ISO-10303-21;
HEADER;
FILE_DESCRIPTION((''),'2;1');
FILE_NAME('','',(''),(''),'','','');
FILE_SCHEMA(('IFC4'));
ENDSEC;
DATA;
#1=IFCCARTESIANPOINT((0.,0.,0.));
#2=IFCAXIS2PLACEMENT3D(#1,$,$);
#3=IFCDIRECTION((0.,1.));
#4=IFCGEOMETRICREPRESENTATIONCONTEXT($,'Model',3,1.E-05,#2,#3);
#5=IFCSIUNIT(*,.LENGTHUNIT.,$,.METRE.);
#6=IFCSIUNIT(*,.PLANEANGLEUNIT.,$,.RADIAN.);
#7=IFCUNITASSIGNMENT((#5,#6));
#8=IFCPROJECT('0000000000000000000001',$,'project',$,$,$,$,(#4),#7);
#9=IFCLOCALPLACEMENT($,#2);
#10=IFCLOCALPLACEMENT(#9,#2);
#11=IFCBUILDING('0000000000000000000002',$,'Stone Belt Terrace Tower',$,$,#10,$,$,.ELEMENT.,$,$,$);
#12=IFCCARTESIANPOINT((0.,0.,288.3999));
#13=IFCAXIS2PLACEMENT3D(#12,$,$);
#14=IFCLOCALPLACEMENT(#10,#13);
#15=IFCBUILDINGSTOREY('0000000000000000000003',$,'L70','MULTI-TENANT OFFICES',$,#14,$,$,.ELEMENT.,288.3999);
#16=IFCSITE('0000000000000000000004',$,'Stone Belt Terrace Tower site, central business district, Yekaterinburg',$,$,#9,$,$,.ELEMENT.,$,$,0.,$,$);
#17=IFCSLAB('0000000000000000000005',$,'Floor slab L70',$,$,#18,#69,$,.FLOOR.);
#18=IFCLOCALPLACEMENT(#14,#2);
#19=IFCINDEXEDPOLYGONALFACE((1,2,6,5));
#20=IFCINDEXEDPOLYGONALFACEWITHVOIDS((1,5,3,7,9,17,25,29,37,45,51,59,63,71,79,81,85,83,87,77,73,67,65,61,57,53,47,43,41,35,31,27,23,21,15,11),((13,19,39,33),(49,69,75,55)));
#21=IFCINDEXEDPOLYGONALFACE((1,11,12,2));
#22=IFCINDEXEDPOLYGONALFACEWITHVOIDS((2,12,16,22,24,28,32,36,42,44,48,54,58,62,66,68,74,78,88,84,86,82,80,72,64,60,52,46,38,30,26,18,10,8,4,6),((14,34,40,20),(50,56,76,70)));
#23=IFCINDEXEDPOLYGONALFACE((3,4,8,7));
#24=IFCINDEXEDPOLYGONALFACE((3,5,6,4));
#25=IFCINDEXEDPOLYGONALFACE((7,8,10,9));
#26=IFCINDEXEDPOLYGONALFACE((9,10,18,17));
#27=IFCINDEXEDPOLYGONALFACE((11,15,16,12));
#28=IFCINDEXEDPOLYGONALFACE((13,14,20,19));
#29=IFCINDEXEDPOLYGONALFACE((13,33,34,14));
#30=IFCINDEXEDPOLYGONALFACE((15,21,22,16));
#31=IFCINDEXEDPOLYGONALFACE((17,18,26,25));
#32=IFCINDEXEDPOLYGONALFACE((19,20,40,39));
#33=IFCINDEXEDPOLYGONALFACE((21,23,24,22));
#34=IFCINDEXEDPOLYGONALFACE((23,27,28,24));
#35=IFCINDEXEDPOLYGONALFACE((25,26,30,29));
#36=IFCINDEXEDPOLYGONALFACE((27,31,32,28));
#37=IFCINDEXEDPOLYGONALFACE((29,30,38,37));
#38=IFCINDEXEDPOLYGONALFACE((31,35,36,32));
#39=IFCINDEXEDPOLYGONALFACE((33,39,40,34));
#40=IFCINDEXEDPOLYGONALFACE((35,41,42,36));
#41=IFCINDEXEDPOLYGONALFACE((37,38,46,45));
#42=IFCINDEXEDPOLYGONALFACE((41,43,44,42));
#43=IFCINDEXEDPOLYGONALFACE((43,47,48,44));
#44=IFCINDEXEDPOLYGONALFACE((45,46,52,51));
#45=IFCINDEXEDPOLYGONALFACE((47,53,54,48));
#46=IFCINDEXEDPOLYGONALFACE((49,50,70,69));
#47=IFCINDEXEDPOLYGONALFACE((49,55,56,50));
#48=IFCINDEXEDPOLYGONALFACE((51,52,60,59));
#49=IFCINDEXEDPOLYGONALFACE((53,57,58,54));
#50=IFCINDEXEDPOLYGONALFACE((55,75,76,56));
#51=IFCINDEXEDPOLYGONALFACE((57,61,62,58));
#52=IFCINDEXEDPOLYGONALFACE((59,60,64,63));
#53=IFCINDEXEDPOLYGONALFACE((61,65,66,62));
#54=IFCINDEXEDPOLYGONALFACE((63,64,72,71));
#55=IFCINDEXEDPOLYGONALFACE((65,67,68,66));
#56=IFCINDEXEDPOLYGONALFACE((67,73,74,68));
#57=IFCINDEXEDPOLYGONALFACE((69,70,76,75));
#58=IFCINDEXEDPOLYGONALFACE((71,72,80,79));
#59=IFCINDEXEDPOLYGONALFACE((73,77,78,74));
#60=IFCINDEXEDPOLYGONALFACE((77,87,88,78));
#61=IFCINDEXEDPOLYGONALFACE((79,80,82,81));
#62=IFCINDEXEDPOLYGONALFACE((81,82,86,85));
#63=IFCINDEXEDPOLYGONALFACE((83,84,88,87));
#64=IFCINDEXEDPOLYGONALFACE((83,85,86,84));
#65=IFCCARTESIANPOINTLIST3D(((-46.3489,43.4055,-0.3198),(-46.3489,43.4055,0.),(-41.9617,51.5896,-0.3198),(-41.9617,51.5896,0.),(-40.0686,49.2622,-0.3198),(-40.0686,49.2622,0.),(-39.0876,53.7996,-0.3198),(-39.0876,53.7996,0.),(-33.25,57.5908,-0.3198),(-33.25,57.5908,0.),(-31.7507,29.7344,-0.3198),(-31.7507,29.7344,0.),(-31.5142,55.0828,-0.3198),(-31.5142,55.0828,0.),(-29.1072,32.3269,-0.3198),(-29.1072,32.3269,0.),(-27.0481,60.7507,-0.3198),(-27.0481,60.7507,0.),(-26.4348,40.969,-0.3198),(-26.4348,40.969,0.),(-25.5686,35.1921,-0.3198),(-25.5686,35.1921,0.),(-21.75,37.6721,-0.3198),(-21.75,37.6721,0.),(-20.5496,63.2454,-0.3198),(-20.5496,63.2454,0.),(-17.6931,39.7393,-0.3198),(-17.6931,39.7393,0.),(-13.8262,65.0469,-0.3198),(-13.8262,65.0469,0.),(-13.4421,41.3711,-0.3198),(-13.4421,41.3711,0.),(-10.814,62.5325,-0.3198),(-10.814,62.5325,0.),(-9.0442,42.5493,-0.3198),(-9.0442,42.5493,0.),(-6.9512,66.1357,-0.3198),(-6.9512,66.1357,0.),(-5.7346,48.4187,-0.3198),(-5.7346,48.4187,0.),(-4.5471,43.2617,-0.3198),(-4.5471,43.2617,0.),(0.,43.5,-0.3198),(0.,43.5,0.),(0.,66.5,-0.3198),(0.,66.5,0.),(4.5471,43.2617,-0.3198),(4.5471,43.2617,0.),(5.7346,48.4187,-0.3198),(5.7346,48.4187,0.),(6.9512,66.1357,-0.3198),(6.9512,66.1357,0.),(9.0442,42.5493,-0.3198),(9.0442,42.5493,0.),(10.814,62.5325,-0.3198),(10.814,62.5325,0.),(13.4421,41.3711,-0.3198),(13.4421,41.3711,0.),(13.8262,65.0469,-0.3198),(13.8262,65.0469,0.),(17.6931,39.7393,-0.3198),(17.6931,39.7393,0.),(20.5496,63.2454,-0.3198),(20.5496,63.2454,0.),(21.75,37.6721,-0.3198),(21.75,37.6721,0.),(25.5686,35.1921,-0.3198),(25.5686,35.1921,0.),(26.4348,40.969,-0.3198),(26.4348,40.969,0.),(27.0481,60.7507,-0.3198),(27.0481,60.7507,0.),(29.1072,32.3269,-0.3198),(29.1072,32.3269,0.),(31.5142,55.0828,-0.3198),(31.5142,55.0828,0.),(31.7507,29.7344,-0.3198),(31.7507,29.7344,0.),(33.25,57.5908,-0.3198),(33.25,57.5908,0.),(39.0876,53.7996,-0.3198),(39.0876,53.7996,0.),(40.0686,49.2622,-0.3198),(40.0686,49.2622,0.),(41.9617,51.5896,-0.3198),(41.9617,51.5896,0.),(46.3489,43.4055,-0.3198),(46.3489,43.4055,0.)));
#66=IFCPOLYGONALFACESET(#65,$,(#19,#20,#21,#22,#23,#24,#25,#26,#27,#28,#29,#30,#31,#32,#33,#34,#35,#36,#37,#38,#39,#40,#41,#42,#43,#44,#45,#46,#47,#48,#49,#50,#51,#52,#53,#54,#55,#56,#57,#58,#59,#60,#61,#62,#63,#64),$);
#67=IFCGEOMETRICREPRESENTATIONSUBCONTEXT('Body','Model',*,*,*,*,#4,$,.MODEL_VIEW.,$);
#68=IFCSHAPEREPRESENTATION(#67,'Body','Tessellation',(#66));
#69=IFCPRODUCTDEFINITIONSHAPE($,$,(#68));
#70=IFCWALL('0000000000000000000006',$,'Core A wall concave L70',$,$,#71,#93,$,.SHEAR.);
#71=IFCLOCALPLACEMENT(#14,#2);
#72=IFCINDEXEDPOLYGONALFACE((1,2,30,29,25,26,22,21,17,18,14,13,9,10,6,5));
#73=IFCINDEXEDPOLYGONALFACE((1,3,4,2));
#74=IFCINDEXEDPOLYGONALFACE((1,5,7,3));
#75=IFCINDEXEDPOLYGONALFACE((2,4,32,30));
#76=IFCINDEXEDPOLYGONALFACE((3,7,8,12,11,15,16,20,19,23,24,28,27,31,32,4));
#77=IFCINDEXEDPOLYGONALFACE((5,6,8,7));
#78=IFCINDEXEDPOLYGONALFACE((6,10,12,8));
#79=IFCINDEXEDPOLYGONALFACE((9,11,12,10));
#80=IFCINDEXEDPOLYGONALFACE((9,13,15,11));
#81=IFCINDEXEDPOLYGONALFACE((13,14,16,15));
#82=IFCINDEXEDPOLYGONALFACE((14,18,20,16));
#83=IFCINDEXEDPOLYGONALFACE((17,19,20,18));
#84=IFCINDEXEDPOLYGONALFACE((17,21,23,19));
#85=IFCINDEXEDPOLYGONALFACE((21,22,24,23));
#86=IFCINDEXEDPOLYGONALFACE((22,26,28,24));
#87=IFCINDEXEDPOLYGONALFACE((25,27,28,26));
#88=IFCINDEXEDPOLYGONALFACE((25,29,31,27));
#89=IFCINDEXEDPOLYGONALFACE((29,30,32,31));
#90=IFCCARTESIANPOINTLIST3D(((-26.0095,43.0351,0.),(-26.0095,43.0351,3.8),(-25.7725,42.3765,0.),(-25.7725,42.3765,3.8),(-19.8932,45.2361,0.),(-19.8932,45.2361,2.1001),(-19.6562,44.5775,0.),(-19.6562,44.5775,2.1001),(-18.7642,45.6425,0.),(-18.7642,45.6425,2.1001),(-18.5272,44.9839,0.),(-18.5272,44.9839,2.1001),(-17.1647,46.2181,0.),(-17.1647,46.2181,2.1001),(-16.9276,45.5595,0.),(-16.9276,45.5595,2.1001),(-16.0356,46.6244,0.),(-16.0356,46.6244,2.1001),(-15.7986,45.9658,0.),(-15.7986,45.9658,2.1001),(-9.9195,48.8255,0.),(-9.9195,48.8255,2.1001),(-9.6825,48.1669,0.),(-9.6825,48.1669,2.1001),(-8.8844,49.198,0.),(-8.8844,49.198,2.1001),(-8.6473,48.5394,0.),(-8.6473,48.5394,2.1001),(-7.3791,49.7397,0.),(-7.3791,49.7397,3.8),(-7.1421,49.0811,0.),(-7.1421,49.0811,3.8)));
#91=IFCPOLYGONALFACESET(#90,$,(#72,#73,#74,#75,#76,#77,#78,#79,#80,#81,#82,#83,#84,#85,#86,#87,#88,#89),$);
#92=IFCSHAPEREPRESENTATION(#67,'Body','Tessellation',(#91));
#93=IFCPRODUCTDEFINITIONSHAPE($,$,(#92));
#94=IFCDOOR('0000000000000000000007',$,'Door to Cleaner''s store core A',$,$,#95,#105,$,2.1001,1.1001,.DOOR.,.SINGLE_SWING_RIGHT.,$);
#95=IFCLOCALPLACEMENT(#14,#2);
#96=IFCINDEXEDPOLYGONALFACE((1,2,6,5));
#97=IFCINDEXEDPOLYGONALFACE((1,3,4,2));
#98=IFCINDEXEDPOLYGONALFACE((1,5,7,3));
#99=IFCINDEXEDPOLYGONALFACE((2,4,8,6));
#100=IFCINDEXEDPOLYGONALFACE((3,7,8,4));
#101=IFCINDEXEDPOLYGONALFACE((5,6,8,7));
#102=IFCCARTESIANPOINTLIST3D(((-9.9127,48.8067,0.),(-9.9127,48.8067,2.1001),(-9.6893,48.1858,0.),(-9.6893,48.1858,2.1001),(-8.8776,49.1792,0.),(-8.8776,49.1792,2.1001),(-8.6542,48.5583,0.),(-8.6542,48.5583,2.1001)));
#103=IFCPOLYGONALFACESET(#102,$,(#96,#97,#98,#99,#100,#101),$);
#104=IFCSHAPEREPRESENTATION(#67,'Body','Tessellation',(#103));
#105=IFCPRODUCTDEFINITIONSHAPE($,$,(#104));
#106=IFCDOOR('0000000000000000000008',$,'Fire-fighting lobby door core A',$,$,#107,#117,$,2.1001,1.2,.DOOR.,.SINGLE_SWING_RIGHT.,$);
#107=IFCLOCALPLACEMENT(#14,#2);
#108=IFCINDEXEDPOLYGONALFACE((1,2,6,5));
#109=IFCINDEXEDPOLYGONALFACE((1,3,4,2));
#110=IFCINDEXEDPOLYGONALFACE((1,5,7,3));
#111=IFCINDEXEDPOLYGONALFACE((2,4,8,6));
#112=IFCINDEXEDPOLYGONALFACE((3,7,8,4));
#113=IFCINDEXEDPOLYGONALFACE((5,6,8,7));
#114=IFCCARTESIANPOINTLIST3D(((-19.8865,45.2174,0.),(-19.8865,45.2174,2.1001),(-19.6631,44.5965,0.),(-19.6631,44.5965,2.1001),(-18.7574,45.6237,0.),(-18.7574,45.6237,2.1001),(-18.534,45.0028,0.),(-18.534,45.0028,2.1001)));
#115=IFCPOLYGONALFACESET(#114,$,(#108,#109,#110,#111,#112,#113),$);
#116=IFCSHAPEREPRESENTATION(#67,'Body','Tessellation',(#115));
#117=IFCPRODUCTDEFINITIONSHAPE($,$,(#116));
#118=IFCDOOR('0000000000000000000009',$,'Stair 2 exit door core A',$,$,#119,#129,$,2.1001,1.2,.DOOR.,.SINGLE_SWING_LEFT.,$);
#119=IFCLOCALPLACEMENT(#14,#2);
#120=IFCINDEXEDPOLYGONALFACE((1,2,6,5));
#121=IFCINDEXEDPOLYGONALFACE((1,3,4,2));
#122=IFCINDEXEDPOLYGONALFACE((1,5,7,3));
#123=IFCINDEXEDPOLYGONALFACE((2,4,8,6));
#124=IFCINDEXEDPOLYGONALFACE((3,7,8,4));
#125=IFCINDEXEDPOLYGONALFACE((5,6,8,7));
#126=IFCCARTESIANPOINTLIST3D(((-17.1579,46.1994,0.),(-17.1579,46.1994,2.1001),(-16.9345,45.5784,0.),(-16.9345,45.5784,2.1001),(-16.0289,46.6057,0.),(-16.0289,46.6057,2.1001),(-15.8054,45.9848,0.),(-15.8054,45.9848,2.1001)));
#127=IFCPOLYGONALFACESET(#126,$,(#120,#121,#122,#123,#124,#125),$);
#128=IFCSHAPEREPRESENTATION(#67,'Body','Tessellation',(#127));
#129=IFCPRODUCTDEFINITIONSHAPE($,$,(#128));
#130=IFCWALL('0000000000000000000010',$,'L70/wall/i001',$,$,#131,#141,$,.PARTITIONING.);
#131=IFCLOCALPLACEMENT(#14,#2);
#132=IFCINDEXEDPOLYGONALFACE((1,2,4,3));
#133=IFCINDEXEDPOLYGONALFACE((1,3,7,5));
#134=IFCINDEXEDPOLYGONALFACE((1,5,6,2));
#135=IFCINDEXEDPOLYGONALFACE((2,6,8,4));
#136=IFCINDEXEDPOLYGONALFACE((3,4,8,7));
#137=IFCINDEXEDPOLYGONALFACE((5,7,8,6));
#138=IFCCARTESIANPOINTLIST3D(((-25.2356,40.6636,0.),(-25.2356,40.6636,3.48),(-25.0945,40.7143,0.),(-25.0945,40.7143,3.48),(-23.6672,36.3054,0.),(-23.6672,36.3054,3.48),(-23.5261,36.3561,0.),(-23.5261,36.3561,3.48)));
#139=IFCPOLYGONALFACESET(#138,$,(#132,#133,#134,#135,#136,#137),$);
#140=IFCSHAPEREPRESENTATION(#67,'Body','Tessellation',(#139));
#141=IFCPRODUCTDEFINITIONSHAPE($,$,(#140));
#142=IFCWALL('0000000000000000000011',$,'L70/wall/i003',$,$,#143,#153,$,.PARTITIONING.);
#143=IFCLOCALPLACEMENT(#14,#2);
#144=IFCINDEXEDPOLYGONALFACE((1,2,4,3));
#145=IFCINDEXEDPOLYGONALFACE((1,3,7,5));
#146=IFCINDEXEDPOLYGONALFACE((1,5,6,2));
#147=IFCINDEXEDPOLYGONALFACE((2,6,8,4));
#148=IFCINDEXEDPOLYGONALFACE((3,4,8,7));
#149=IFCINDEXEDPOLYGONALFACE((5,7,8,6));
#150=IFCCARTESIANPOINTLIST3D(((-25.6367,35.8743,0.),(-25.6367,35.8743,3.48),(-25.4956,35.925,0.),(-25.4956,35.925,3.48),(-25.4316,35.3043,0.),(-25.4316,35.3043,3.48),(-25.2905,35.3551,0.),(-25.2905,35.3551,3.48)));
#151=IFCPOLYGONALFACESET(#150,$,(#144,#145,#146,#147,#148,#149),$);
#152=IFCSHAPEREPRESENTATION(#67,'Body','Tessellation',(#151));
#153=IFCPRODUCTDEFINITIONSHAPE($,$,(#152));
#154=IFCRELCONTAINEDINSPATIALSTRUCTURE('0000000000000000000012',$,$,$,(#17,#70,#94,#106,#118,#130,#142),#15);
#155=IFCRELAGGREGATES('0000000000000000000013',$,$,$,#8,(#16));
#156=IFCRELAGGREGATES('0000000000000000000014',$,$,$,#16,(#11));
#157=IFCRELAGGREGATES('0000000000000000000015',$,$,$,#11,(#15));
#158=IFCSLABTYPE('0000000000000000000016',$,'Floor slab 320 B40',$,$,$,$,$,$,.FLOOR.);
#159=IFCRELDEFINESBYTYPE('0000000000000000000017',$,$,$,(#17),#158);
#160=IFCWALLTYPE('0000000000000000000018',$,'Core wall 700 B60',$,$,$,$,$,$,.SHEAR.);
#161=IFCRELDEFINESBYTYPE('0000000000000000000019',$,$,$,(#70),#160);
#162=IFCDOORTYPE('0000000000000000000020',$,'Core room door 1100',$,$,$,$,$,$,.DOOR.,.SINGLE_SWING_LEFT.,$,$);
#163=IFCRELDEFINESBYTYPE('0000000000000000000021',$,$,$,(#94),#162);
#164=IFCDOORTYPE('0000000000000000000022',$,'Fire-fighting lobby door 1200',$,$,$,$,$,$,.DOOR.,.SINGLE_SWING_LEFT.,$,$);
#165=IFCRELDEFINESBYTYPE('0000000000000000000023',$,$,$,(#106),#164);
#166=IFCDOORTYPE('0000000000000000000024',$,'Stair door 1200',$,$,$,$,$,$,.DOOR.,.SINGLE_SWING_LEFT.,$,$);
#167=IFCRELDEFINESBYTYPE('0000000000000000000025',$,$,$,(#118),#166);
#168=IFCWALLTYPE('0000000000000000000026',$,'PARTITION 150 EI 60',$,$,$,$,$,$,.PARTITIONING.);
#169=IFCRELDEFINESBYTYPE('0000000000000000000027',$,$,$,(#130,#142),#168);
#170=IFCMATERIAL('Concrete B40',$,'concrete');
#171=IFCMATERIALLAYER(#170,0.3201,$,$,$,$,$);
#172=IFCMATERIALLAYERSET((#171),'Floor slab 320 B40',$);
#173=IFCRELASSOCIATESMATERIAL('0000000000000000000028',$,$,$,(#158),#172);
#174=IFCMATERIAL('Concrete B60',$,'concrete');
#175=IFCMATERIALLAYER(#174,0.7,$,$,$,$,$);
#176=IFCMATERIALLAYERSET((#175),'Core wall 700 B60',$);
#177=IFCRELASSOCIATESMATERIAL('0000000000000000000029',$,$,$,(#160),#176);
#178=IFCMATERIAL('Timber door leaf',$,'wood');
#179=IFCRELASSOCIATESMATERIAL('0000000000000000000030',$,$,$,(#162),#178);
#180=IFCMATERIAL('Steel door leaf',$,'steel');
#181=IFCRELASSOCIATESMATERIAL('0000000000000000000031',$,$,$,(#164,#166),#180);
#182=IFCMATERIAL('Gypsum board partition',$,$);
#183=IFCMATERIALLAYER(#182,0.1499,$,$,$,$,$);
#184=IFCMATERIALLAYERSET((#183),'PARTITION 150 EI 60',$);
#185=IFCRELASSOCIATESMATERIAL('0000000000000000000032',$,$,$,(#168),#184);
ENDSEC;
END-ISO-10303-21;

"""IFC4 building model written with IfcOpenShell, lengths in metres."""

from ifc_helpers import new_model, si_unit, direction, frame, frame_2d, origin, place, context, subcontext, project, spatial, polyline, rectangle, outline, extrude, material, layer, layer_set, type_object, element, fill, save


model = new_model("IFC4")

# Units and contexts
model_context = context("Model", 3, precision=1e-05, world=origin(), true_north=direction((0.0, 1.0)))
body_context = subcontext(model_context, "Body", "Model", "MODEL_VIEW")
ifc_project = project(units=[si_unit("LENGTHUNIT", "METRE"), si_unit("PLANEANGLEUNIT", "RADIAN")], contexts=[model_context])

# Site, building, storey
site_placement = place(None, origin())
site = spatial("IfcSite", under=ifc_project, at=site_placement, Name="Stone Belt Terrace Tower site, central business district, Yekaterinburg", CompositionType="ELEMENT", RefElevation=0.0)
building_placement = place(site_placement, origin())
building = spatial("IfcBuilding", under=site, at=building_placement, Name="Stone Belt Terrace Tower", CompositionType="ELEMENT")
storey_placement = place(building_placement, frame((0.0, 0.0, 288.3999)))
storey = spatial("IfcBuildingStorey", under=building, at=storey_placement, Name="L70", Description="MULTI-TENANT OFFICES", CompositionType="ELEMENT", Elevation=288.3999)

# Shared definitions
ifc_material_1 = material(Name="Concrete B60", Category="concrete")

# Slab
ifc_material_2 = material(Name="Concrete B40", Category="concrete")
ifc_layer_1 = layer(ifc_material_2, 0.3201)
ifc_layer_set_1 = layer_set([ifc_layer_1], Name="Floor slab 320 B40")
slab_type = type_object("IfcSlabType", Name="Floor slab 320 B40", PredefinedType="FLOOR", material=ifc_layer_set_1)
slab_placement = place(storey_placement, frame((0.0, 0.0, -0.3198)))
element("IfcSlab", 1, at=slab_placement, inside=storey, type_object=slab_type, Name="Floor slab L70", PredefinedType="FLOOR", context=body_context, shape_type="SweptSolid", body=[
    extrude(outline(polyline([(-40.0686, 49.2622), (-41.9617, 51.5896), (-39.0876, 53.7996), (-33.25, 57.5908), (-27.0481, 60.7507), (-20.5496, 63.2454), (-13.8262, 65.0469), (-6.9512, 66.1357), (0.0, 66.5), (6.9512, 66.1357), (13.8262, 65.0469), (20.5496, 63.2454), (27.0481, 60.7507), (33.25, 57.5908), (39.0876, 53.7996), (41.9617, 51.5896), (40.0686, 49.2622), (46.3489, 43.4055), (31.7507, 29.7344), (29.1072, 32.3269), (25.5686, 35.1921), (21.75, 37.6721), (17.6931, 39.7393), (13.4421, 41.3711), (9.0442, 42.5493), (4.5471, 43.2617), (0.0, 43.5), (-4.5471, 43.2617), (-9.0442, 42.5493), (-13.4421, 41.3711), (-17.6931, 39.7393), (-21.75, 37.6721), (-25.5686, 35.1921), (-29.1072, 32.3269), (-31.7507, 29.7344), (-46.3489, 43.4055), (-40.0686, 49.2622)]), holes=[polyline([(-10.814, 62.5325), (-31.5142, 55.0828), (-26.4348, 40.969), (-5.7346, 48.4187), (-10.814, 62.5325)]), polyline([(26.4348, 40.969), (31.5142, 55.0828), (10.814, 62.5325), (5.7346, 48.4187), (26.4348, 40.969)])]), origin(), (0.0, 0.0, 1.0), 0.3198),
])

# Wall, openings, doors
ifc_layer_2 = layer(ifc_material_1, 0.7)
ifc_layer_set_2 = layer_set([ifc_layer_2], Name="Core wall 700 B60")
wall_type_1 = type_object("IfcWallType", Name="Core wall 700 B60", PredefinedType="SHEAR", material=ifc_layer_set_2)
wall_1_placement = place(storey_placement, frame((-25.8909, 42.7058, 0.0), z_axis=(0.0, 0.0, 1.0), x_axis=(0.940925, 0.338615, 0.0)))
wall_1 = element("IfcWall", 2, at=wall_1_placement, inside=storey, type_object=wall_type_1, Name="Core A wall concave L70", PredefinedType="SHEAR", context=body_context, shape_type="SweptSolid", body=[
    extrude(rectangle(XDim=19.8, YDim=0.7, at=frame_2d((9.8999, 0.0))), origin(), (0.0, 0.0, 1.0), 3.8),
])
opening_1_placement = place(wall_1_placement, frame((6.5, 0.0, 0.0)))
opening_1 = element("IfcOpeningElement", 3, at=opening_1_placement, cuts=wall_1, PredefinedType="OPENING", context=body_context, shape_type="SweptSolid", body=[
    extrude(rectangle(XDim=1.2, YDim=2.1001, at=frame_2d((0.6001, 1.05))), frame((0.0, 0.3599, 0.0), z_axis=(0.0, -1.0, 0.0), x_axis=(1.0, 0.0, 0.0)), (0.0, 0.0, 1.0), 0.72),
])
opening_2_placement = place(wall_1_placement, frame((9.3999, 0.0, 0.0)))
opening_2 = element("IfcOpeningElement", 4, at=opening_2_placement, cuts=wall_1, PredefinedType="OPENING", context=body_context, shape_type="SweptSolid", body=[
    extrude(rectangle(XDim=1.2, YDim=2.1001, at=frame_2d((0.6001, 1.05))), frame((0.0, 0.3599, 0.0), z_axis=(0.0, -1.0, 0.0), x_axis=(1.0, 0.0, 0.0)), (0.0, 0.0, 1.0), 0.72),
])
opening_3_placement = place(wall_1_placement, frame((17.1001, 0.0, 0.0)))
opening_3 = element("IfcOpeningElement", 5, at=opening_3_placement, cuts=wall_1, PredefinedType="OPENING", context=body_context, shape_type="SweptSolid", body=[
    extrude(rectangle(XDim=1.1001, YDim=2.1001, at=frame_2d((0.55, 1.05))), frame((0.0, 0.3599, 0.0), z_axis=(0.0, -1.0, 0.0), x_axis=(1.0, 0.0, 0.0)), (0.0, 0.0, 1.0), 0.72),
])
ifc_material_3 = material(Name="Timber door leaf", Category="wood")
door_type_1 = type_object("IfcDoorType", Name="Core room door 1100", OperationType="SINGLE_SWING_LEFT", PredefinedType="DOOR", material=ifc_material_3)
door_1_placement = place(opening_3_placement, origin())
door_1 = element("IfcDoor", 6, at=door_1_placement, inside=storey, type_object=door_type_1, Name="Door to Cleaner's store core A", OperationType="SINGLE_SWING_RIGHT", OverallHeight=2.1001, OverallWidth=1.1001, PredefinedType="DOOR", context=body_context, shape_type="SweptSolid", body=[
    extrude(rectangle(XDim=1.1001, YDim=2.1001, at=frame_2d((0.55, 1.05))), frame((0.0, 0.3301, 0.0), z_axis=(0.0, -1.0, 0.0), x_axis=(1.0, 0.0, 0.0)), (0.0, 0.0, 1.0), 0.6599),
])
fill(opening_3, door_1)
ifc_material_4 = material(Name="Steel door leaf", Category="steel")
door_type_2 = type_object("IfcDoorType", Name="Fire-fighting lobby door 1200", OperationType="SINGLE_SWING_LEFT", PredefinedType="DOOR", material=ifc_material_4)
door_2_placement = place(opening_1_placement, origin())
door_2 = element("IfcDoor", 7, at=door_2_placement, inside=storey, type_object=door_type_2, Name="Fire-fighting lobby door core A", OperationType="SINGLE_SWING_RIGHT", OverallHeight=2.1001, OverallWidth=1.2, PredefinedType="DOOR", context=body_context, shape_type="SweptSolid", body=[
    extrude(rectangle(XDim=1.2, YDim=2.1001, at=frame_2d((0.6001, 1.05))), frame((0.0, 0.3301, 0.0), z_axis=(0.0, -1.0, 0.0), x_axis=(1.0, 0.0, 0.0)), (0.0, 0.0, 1.0), 0.6599),
])
fill(opening_1, door_2)
door_type_3 = type_object("IfcDoorType", Name="Stair door 1200", OperationType="SINGLE_SWING_LEFT", PredefinedType="DOOR", material=ifc_material_4)
door_3_placement = place(opening_2_placement, origin())
door_3 = element("IfcDoor", 8, at=door_3_placement, inside=storey, type_object=door_type_3, Name="Stair 2 exit door core A", OperationType="SINGLE_SWING_LEFT", OverallHeight=2.1001, OverallWidth=1.2, PredefinedType="DOOR", context=body_context, shape_type="SweptSolid", body=[
    extrude(rectangle(XDim=1.2, YDim=2.1001, at=frame_2d((0.6001, 1.05))), frame((0.0, 0.3301, 0.0), z_axis=(0.0, -1.0, 0.0), x_axis=(1.0, 0.0, 0.0)), (0.0, 0.0, 1.0), 0.6599),
])
fill(opening_2, door_3)

# Walls
ifc_material_5 = material(Name="Gypsum board partition")
ifc_layer_3 = layer(ifc_material_5, 0.1499)
ifc_layer_set_3 = layer_set([ifc_layer_3], Name="PARTITION 150 EI 60")
wall_type_2 = type_object("IfcWallType", Name="PARTITION 150 EI 60", PredefinedType="PARTITIONING", material=ifc_layer_set_3)
wall_2_placement = place(storey_placement, frame((-25.165, 40.689, 0.0), z_axis=(0.0, 0.0, 1.0), x_axis=(0.338609, -0.940927, 0.0)))
element("IfcWall", 9, at=wall_2_placement, inside=storey, type_object=wall_type_2, Name="L70/wall/i001", PredefinedType="PARTITIONING", context=body_context, shape_type="SweptSolid", body=[
    extrude(rectangle(XDim=4.6318, YDim=0.1499, at=frame_2d((2.3159, 0.0))), origin(), (0.0, 0.0, 1.0), 3.48),
])
wall_3_placement = place(storey_placement, frame((-25.3611, 35.3298, 0.0), z_axis=(0.0, 0.0, 1.0), x_axis=(-0.338634, 0.940918, 0.0)))
element("IfcWall", 10, at=wall_3_placement, inside=storey, type_object=wall_type_2, Name="L70/wall/i003", PredefinedType="PARTITIONING", context=body_context, shape_type="SweptSolid", body=[
    extrude(rectangle(XDim=0.6057, YDim=0.1499, at=frame_2d((0.3027, 0.0))), origin(), (0.0, 0.0, 1.0), 3.48),
])

save(model, "model.ifc")
